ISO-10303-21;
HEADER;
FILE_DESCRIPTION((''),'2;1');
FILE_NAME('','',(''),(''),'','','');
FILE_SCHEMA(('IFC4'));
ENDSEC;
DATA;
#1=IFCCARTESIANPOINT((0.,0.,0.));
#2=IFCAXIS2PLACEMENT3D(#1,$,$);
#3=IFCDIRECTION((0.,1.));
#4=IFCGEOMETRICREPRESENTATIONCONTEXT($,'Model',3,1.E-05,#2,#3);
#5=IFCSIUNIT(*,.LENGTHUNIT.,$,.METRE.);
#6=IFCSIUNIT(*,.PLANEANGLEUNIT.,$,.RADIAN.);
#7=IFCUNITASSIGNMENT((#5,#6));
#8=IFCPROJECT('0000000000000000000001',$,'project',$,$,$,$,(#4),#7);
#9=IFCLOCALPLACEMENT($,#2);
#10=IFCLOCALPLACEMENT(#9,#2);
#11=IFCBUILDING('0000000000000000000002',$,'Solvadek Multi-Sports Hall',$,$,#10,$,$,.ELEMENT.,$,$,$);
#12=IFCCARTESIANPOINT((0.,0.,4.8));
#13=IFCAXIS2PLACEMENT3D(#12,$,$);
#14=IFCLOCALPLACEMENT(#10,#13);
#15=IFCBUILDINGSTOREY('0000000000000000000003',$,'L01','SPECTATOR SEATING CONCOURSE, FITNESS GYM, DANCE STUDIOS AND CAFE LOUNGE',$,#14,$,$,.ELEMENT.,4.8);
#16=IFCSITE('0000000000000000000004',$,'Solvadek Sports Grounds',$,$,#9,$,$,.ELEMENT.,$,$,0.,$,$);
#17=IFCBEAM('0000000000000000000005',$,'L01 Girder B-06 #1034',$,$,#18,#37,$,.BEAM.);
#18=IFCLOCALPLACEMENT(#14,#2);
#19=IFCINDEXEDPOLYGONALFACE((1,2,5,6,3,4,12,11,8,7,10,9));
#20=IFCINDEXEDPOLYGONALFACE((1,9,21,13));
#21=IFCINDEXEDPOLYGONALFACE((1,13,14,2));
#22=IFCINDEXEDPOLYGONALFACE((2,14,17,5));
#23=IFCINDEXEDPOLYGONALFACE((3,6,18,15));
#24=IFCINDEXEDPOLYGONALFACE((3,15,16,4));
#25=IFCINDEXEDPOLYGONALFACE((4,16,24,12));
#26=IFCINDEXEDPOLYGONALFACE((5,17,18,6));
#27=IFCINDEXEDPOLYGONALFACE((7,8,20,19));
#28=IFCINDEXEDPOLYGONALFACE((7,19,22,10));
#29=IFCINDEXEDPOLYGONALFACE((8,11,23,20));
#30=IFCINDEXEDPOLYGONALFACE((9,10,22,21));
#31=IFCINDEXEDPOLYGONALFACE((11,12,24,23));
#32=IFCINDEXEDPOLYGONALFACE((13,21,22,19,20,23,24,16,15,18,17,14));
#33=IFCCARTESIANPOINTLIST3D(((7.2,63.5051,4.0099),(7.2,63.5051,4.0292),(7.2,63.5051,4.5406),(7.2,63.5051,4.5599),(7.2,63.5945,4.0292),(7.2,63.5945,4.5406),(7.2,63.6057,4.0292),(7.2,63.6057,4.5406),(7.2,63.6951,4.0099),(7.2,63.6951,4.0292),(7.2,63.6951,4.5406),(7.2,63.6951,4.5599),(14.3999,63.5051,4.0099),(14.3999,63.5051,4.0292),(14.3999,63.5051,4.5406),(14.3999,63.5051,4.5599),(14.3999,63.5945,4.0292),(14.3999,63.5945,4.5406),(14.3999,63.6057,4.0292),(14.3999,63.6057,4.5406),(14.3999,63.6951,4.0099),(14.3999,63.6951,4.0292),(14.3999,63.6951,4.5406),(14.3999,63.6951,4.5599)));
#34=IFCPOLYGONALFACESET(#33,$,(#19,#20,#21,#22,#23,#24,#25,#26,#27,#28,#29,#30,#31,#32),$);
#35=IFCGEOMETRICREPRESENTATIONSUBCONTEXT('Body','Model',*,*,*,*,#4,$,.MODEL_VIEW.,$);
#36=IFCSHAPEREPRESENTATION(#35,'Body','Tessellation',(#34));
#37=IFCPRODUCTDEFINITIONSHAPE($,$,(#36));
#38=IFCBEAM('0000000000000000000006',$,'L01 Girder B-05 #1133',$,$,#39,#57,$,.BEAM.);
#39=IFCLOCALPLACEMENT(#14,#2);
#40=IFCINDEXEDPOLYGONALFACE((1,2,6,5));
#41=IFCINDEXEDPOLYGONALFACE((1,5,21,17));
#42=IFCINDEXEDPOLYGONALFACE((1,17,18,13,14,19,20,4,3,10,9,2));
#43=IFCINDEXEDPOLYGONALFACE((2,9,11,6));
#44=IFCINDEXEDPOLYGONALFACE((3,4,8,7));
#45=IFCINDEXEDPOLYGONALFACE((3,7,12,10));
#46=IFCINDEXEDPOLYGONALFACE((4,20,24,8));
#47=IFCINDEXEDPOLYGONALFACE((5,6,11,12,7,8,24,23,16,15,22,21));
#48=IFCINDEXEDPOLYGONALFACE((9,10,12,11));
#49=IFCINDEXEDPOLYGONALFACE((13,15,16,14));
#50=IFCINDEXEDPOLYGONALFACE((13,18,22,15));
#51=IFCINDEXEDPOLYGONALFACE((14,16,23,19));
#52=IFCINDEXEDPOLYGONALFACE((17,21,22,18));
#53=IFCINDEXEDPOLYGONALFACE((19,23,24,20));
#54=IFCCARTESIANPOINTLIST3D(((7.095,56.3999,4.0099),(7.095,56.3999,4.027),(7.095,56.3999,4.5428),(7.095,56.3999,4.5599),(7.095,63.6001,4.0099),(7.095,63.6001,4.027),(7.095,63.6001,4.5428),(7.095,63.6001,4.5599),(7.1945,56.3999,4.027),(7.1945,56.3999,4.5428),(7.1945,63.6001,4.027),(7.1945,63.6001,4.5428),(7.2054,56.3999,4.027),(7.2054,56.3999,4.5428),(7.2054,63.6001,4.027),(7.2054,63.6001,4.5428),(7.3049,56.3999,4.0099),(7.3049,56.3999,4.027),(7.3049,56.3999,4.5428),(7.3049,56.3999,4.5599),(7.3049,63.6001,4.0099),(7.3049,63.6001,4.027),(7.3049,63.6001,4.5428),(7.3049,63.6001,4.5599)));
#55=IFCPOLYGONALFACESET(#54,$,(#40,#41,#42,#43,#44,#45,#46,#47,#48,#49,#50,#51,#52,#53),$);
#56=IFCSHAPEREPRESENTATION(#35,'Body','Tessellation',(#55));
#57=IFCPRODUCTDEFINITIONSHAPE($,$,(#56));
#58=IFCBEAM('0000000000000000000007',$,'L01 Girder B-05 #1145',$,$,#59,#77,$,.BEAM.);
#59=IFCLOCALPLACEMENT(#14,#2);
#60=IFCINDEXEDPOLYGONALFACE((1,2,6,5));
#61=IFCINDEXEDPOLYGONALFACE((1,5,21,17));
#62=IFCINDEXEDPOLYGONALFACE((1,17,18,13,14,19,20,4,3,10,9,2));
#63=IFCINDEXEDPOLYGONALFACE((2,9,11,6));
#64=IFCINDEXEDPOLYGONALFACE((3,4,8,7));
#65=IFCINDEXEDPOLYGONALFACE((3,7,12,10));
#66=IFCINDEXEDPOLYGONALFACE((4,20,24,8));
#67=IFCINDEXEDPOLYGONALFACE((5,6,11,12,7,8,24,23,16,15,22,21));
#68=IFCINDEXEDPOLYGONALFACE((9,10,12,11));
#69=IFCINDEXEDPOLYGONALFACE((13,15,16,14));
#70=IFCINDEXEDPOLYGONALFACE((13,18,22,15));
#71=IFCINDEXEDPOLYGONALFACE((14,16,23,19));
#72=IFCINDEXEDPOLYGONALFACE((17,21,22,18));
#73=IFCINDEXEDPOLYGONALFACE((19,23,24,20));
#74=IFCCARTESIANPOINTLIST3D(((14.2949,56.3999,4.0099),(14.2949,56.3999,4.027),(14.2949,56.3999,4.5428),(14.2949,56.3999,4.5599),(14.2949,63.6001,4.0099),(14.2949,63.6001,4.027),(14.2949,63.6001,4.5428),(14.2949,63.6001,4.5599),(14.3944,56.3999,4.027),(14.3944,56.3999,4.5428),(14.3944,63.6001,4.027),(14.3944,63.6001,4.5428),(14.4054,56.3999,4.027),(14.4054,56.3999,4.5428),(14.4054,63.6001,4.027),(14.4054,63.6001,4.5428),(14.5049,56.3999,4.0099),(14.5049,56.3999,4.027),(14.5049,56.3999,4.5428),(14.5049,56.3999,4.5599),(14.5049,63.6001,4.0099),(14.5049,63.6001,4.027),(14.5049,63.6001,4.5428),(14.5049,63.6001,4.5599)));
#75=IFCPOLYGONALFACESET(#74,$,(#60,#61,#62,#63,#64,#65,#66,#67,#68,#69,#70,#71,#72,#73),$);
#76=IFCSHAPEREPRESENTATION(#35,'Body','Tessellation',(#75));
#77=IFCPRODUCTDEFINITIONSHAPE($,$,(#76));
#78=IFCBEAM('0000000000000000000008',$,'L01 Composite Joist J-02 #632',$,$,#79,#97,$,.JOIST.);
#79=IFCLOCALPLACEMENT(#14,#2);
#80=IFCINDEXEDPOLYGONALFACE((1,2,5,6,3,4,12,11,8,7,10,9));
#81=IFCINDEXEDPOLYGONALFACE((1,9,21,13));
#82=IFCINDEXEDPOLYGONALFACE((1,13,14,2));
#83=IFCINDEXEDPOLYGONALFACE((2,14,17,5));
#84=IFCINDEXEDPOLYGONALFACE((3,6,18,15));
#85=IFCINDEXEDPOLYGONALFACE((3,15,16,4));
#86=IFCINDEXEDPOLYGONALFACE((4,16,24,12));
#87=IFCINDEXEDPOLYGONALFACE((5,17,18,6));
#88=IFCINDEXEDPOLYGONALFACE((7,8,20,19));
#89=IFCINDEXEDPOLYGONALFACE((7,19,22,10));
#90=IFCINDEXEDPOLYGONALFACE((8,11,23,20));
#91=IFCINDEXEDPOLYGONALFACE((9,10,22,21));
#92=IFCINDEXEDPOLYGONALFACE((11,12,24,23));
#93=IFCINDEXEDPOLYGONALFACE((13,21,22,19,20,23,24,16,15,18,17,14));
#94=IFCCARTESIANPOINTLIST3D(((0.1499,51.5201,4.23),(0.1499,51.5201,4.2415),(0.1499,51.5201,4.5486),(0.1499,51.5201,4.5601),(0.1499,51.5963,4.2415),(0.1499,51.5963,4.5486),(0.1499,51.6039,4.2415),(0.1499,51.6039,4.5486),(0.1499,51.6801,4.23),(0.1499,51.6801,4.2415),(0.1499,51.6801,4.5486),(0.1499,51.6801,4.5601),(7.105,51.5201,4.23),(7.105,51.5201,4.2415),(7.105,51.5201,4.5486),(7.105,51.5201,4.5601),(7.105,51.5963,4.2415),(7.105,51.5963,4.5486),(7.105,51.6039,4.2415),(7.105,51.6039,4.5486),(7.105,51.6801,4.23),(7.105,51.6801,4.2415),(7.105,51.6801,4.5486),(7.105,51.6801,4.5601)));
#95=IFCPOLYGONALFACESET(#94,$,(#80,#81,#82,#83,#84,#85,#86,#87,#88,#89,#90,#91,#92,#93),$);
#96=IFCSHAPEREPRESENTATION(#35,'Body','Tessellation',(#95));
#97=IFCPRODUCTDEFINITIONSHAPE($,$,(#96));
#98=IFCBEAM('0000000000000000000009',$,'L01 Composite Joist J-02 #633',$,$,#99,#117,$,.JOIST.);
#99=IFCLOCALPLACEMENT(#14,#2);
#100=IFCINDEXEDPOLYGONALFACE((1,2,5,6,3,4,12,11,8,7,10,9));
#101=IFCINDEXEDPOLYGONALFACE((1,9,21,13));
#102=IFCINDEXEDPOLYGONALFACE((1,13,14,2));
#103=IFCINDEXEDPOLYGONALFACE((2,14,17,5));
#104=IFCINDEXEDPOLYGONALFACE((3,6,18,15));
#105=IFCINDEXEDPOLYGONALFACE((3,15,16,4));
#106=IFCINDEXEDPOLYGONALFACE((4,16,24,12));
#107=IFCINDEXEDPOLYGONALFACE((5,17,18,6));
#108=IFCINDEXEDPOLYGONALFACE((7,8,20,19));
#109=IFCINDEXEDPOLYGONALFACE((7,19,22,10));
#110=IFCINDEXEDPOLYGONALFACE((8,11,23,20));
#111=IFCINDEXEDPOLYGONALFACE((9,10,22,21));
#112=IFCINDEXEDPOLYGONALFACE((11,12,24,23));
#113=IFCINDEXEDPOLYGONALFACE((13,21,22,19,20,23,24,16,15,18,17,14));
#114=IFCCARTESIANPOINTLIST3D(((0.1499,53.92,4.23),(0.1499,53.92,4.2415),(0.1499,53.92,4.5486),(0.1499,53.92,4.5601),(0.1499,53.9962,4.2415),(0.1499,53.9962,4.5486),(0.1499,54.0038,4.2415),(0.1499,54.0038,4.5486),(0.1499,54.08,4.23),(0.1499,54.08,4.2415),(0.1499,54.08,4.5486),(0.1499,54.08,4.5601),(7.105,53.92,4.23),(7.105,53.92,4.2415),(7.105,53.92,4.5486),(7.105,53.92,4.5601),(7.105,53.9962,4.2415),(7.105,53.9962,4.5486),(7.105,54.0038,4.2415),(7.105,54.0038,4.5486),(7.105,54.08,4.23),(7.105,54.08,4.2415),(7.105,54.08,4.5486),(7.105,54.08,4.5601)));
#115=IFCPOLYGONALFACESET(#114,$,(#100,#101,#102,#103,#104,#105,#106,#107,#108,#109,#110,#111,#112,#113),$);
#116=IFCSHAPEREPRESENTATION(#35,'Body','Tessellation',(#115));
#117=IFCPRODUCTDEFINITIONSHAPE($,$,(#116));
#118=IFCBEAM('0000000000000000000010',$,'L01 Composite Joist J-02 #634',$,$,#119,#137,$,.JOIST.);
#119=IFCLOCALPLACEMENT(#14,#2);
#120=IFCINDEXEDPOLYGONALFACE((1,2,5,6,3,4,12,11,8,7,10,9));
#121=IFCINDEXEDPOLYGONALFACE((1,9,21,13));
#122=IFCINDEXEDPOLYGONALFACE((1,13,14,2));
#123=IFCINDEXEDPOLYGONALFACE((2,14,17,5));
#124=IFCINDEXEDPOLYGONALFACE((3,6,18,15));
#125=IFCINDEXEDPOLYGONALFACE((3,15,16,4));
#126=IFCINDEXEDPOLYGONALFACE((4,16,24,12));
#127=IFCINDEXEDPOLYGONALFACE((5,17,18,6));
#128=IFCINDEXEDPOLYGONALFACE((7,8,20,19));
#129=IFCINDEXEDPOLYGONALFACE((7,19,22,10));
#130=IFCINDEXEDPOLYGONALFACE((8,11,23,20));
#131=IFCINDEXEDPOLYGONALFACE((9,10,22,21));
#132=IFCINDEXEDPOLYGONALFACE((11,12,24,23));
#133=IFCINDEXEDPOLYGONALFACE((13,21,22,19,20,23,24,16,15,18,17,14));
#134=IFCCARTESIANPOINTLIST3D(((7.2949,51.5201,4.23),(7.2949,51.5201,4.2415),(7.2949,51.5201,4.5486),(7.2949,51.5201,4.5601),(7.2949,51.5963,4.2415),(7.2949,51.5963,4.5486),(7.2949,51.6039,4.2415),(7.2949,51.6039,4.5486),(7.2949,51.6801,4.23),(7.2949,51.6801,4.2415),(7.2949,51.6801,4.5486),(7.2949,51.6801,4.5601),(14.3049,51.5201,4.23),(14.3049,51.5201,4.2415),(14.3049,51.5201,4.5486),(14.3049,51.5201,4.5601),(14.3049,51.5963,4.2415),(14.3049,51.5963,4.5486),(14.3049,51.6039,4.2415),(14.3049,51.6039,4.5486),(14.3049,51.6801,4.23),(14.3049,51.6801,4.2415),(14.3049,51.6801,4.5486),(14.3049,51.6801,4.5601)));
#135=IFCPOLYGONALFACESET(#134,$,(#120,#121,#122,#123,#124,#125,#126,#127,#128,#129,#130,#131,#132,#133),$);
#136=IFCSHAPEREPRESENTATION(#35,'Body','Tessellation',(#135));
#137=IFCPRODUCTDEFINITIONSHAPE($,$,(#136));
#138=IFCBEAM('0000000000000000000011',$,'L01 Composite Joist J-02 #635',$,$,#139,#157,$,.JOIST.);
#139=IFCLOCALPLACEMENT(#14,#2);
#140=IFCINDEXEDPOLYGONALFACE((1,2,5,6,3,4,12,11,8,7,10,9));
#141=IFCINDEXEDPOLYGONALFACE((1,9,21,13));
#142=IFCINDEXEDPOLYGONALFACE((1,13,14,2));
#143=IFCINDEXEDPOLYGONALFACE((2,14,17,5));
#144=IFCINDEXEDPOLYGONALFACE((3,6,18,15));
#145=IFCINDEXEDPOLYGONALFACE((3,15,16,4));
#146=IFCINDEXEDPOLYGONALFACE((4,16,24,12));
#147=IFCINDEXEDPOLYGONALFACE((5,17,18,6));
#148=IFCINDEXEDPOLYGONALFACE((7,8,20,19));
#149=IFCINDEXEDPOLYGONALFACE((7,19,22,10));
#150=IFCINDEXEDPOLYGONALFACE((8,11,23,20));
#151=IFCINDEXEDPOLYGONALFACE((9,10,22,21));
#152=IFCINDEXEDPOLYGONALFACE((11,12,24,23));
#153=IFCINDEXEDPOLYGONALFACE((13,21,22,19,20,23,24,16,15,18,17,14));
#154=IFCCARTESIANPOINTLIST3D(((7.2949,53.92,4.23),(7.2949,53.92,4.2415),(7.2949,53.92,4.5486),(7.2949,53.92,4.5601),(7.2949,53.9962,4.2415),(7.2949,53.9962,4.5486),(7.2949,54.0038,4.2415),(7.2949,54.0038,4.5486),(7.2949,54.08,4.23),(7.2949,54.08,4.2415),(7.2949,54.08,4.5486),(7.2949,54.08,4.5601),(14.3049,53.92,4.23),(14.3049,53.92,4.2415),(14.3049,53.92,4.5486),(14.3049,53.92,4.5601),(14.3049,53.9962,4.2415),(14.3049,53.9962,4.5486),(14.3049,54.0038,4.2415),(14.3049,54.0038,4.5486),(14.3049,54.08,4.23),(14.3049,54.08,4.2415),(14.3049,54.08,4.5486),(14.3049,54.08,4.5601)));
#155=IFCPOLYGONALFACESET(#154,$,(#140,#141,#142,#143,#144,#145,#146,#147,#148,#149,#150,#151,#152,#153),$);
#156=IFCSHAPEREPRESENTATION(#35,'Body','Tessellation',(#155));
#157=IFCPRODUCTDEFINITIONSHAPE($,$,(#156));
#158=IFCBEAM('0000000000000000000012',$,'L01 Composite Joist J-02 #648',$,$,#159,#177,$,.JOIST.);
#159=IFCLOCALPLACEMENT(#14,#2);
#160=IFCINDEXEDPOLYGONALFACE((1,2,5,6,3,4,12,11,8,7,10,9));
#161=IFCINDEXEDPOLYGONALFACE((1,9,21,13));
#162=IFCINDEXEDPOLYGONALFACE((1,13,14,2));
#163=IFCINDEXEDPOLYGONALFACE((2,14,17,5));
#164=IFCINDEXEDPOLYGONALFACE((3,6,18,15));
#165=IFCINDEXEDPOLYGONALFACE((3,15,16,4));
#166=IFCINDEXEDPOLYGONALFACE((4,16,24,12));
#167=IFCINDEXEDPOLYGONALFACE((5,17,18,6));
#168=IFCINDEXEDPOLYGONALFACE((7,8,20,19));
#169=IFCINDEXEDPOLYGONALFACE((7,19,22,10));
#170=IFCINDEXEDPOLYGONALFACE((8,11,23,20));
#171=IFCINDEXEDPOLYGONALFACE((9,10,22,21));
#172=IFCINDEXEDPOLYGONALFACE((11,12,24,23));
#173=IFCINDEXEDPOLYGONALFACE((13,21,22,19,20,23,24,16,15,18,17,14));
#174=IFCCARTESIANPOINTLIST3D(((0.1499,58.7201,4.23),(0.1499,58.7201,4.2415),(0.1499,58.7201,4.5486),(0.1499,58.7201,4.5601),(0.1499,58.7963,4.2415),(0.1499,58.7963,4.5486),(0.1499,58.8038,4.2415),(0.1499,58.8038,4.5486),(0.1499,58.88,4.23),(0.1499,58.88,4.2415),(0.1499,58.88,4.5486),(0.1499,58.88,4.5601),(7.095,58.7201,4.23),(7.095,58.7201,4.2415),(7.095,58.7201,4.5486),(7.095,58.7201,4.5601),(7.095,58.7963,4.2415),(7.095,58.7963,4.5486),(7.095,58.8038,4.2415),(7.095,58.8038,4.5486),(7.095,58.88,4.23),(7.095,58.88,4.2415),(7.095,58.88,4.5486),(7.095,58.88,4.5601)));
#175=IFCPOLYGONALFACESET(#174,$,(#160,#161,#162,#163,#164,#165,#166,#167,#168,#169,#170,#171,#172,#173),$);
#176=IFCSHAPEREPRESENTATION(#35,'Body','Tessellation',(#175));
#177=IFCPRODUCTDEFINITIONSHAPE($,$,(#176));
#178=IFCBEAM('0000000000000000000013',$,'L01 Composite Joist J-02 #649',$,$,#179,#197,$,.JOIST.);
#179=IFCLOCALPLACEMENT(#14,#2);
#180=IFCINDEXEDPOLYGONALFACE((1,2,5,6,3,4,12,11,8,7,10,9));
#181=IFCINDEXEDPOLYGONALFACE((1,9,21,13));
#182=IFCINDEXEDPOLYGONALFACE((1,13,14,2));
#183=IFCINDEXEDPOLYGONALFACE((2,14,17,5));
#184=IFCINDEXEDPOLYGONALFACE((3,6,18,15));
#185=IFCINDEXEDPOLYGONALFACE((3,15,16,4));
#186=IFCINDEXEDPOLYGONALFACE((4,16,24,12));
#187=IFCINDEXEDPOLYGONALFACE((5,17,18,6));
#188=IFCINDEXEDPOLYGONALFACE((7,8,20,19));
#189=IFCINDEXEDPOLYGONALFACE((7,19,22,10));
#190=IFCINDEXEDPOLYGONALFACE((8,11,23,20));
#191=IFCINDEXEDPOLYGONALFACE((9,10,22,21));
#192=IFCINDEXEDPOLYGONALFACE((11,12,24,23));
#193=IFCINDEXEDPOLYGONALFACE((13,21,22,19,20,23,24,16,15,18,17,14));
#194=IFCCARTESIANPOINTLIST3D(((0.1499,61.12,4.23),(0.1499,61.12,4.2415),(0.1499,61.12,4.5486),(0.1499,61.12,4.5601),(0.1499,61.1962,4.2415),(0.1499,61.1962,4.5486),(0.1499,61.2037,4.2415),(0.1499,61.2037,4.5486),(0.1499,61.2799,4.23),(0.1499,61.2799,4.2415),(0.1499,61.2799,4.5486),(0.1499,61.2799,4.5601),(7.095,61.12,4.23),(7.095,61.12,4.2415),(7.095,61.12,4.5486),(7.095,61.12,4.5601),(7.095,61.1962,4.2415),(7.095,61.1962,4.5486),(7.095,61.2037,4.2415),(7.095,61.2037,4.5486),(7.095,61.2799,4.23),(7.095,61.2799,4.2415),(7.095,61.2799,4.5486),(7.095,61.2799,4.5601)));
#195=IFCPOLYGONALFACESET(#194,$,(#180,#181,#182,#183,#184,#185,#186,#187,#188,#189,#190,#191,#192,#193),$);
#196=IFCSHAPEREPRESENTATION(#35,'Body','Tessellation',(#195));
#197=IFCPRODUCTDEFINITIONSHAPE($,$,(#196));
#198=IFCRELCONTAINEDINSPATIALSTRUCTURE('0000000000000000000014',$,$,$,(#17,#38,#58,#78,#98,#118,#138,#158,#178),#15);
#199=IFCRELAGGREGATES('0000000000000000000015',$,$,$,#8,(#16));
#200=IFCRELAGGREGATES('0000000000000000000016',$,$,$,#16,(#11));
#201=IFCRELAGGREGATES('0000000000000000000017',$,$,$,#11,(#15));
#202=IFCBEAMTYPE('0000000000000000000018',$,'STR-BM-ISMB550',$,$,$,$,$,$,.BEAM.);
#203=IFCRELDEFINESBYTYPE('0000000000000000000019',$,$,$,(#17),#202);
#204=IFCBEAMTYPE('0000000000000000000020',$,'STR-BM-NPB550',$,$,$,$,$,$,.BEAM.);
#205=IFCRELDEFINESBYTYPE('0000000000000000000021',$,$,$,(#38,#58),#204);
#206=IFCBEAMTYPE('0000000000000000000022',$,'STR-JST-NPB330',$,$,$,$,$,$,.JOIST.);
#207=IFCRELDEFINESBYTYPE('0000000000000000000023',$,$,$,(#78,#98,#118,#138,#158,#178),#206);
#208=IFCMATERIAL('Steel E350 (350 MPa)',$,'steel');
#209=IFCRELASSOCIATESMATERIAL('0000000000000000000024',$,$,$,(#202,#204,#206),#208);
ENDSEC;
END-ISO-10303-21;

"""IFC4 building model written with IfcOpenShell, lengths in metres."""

from ifc_helpers import new_model, si_unit, direction, frame, origin, origin_2d, place, context, subcontext, project, spatial, i_section, extrude, material, material_profile, profile_set, type_object, element, save


model = new_model("IFC4")

# Units and contexts
model_context = context("Model", 3, precision=1e-05, world=origin(), true_north=direction((0.0, 1.0)))
body_context = subcontext(model_context, "Body", "Model", "MODEL_VIEW")
ifc_project = project(units=[si_unit("LENGTHUNIT", "METRE"), si_unit("PLANEANGLEUNIT", "RADIAN")], contexts=[model_context])

# Site, building, storey
site_placement = place(None, origin())
site = spatial("IfcSite", under=ifc_project, at=site_placement, Name="Solvadek Sports Grounds", CompositionType="ELEMENT", RefElevation=0.0)
building_placement = place(site_placement, origin())
building = spatial("IfcBuilding", under=site, at=building_placement, Name="Solvadek Multi-Sports Hall", CompositionType="ELEMENT")
storey_placement = place(building_placement, frame((0.0, 0.0, 4.8)))
storey = spatial("IfcBuildingStorey", under=building, at=storey_placement, Name="L01", Description="SPECTATOR SEATING CONCOURSE, FITNESS GYM, DANCE STUDIOS AND CAFE LOUNGE", CompositionType="ELEMENT", Elevation=4.8)

# Shared definitions
ifc_material_1 = material(Name="Steel E350 (350 MPa)", Category="steel")

# Beams
ifc_material_profile_1 = material_profile(ifc_material_1, i_section(OverallWidth=0.1899, OverallDepth=0.55, WebThickness=0.0112, FlangeThickness=0.0193, at=origin_2d()), Name="ISMB 550")
ifc_profile_set_1 = profile_set([ifc_material_profile_1], Name="Steel E350 (350 MPa)")
beam_type_1 = type_object("IfcBeamType", Name="STR-BM-ISMB550", PredefinedType="BEAM", material=ifc_profile_set_1)
for number, where, z_axis, x_axis, name in (
    (1, (7.2, 63.6001, 4.2849), (1.0, 0.0, 0.0), (0.0, 1.0, 0.0), "L01 Girder B-06 #1034"),
):
    element("IfcBeam", number, at=place(storey_placement, frame(where, z_axis=z_axis, x_axis=x_axis)), inside=storey, type_object=beam_type_1, Name=name, PredefinedType="BEAM", context=body_context, shape_type="SweptSolid", body=[
        extrude(i_section(OverallWidth=0.1899, OverallDepth=0.55, WebThickness=0.0112, FlangeThickness=0.0193, at=origin_2d()), origin(), (0.0, 0.0, 1.0), 7.2),
    ])
ifc_material_profile_2 = material_profile(ifc_material_1, i_section(OverallWidth=0.21, OverallDepth=0.55, WebThickness=0.011, FlangeThickness=0.0171, at=origin_2d()), Name="NPB 550")
ifc_profile_set_2 = profile_set([ifc_material_profile_2], Name="Steel E350 (350 MPa)")
beam_type_2 = type_object("IfcBeamType", Name="STR-BM-NPB550", PredefinedType="BEAM", material=ifc_profile_set_2)
for number, where, z_axis, x_axis, name in (
    (2, (7.2, 56.3999, 4.2849), (0.0, 1.0, 0.0), (-1.0, 0.0, 0.0), "L01 Girder B-05 #1133"),
    (3, (14.3999, 56.3999, 4.2849), (0.0, 1.0, 0.0), (-1.0, 0.0, 0.0), "L01 Girder B-05 #1145"),
):
    element("IfcBeam", number, at=place(storey_placement, frame(where, z_axis=z_axis, x_axis=x_axis)), inside=storey, type_object=beam_type_2, Name=name, PredefinedType="BEAM", context=body_context, shape_type="SweptSolid", body=[
        extrude(i_section(OverallWidth=0.21, OverallDepth=0.55, WebThickness=0.011, FlangeThickness=0.0171, at=origin_2d()), origin(), (0.0, 0.0, 1.0), 7.2002),
    ])
ifc_material_profile_3 = material_profile(ifc_material_1, i_section(OverallWidth=0.1599, OverallDepth=0.3301, WebThickness=0.0076, FlangeThickness=0.0115, at=origin_2d()), Name="NPB 330")
ifc_profile_set_3 = profile_set([ifc_material_profile_3], Name="Steel E350 (350 MPa)")
beam_type_3 = type_object("IfcBeamType", Name="STR-JST-NPB330", PredefinedType="JOIST", material=ifc_profile_set_3)
for number, where, z_axis, x_axis, name in (
    (4, (0.1499, 51.6001, 4.395), (1.0, 0.0, 0.0), (0.0, 1.0, 0.0), "L01 Composite Joist J-02 #632"),
    (5, (0.1499, 54.0, 4.395), (1.0, 0.0, 0.0), (0.0, 1.0, 0.0), "L01 Composite Joist J-02 #633"),
):
    element("IfcBeam", number, at=place(storey_placement, frame(where, z_axis=z_axis, x_axis=x_axis)), inside=storey, type_object=beam_type_3, Name=name, PredefinedType="JOIST", context=body_context, shape_type="SweptSolid", body=[
        extrude(i_section(OverallWidth=0.1599, OverallDepth=0.3301, WebThickness=0.0076, FlangeThickness=0.0115, at=origin_2d()), origin(), (0.0, 0.0, 1.0), 6.9551),
    ])
for number, where, z_axis, x_axis, name in (
    (6, (7.2949, 51.6001, 4.395), (1.0, 0.0, 0.0), (0.0, 1.0, 0.0), "L01 Composite Joist J-02 #634"),
    (7, (7.2949, 54.0, 4.395), (1.0, 0.0, 0.0), (0.0, 1.0, 0.0), "L01 Composite Joist J-02 #635"),
):
    element("IfcBeam", number, at=place(storey_placement, frame(where, z_axis=z_axis, x_axis=x_axis)), inside=storey, type_object=beam_type_3, Name=name, PredefinedType="JOIST", context=body_context, shape_type="SweptSolid", body=[
        extrude(i_section(OverallWidth=0.1599, OverallDepth=0.3301, WebThickness=0.0076, FlangeThickness=0.0115, at=origin_2d()), origin(), (0.0, 0.0, 1.0), 7.01),
    ])
for number, where, z_axis, x_axis, name in (
    (8, (0.1499, 58.8, 4.395), (1.0, 0.0, 0.0), (0.0, 1.0, 0.0), "L01 Composite Joist J-02 #648"),
    (9, (0.1499, 61.2, 4.395), (1.0, 0.0, 0.0), (0.0, 1.0, 0.0), "L01 Composite Joist J-02 #649"),
):
    element("IfcBeam", number, at=place(storey_placement, frame(where, z_axis=z_axis, x_axis=x_axis)), inside=storey, type_object=beam_type_3, Name=name, PredefinedType="JOIST", context=body_context, shape_type="SweptSolid", body=[
        extrude(i_section(OverallWidth=0.1599, OverallDepth=0.3301, WebThickness=0.0076, FlangeThickness=0.0115, at=origin_2d()), origin(), (0.0, 0.0, 1.0), 6.9451),
    ])

save(model, "model.ifc")
